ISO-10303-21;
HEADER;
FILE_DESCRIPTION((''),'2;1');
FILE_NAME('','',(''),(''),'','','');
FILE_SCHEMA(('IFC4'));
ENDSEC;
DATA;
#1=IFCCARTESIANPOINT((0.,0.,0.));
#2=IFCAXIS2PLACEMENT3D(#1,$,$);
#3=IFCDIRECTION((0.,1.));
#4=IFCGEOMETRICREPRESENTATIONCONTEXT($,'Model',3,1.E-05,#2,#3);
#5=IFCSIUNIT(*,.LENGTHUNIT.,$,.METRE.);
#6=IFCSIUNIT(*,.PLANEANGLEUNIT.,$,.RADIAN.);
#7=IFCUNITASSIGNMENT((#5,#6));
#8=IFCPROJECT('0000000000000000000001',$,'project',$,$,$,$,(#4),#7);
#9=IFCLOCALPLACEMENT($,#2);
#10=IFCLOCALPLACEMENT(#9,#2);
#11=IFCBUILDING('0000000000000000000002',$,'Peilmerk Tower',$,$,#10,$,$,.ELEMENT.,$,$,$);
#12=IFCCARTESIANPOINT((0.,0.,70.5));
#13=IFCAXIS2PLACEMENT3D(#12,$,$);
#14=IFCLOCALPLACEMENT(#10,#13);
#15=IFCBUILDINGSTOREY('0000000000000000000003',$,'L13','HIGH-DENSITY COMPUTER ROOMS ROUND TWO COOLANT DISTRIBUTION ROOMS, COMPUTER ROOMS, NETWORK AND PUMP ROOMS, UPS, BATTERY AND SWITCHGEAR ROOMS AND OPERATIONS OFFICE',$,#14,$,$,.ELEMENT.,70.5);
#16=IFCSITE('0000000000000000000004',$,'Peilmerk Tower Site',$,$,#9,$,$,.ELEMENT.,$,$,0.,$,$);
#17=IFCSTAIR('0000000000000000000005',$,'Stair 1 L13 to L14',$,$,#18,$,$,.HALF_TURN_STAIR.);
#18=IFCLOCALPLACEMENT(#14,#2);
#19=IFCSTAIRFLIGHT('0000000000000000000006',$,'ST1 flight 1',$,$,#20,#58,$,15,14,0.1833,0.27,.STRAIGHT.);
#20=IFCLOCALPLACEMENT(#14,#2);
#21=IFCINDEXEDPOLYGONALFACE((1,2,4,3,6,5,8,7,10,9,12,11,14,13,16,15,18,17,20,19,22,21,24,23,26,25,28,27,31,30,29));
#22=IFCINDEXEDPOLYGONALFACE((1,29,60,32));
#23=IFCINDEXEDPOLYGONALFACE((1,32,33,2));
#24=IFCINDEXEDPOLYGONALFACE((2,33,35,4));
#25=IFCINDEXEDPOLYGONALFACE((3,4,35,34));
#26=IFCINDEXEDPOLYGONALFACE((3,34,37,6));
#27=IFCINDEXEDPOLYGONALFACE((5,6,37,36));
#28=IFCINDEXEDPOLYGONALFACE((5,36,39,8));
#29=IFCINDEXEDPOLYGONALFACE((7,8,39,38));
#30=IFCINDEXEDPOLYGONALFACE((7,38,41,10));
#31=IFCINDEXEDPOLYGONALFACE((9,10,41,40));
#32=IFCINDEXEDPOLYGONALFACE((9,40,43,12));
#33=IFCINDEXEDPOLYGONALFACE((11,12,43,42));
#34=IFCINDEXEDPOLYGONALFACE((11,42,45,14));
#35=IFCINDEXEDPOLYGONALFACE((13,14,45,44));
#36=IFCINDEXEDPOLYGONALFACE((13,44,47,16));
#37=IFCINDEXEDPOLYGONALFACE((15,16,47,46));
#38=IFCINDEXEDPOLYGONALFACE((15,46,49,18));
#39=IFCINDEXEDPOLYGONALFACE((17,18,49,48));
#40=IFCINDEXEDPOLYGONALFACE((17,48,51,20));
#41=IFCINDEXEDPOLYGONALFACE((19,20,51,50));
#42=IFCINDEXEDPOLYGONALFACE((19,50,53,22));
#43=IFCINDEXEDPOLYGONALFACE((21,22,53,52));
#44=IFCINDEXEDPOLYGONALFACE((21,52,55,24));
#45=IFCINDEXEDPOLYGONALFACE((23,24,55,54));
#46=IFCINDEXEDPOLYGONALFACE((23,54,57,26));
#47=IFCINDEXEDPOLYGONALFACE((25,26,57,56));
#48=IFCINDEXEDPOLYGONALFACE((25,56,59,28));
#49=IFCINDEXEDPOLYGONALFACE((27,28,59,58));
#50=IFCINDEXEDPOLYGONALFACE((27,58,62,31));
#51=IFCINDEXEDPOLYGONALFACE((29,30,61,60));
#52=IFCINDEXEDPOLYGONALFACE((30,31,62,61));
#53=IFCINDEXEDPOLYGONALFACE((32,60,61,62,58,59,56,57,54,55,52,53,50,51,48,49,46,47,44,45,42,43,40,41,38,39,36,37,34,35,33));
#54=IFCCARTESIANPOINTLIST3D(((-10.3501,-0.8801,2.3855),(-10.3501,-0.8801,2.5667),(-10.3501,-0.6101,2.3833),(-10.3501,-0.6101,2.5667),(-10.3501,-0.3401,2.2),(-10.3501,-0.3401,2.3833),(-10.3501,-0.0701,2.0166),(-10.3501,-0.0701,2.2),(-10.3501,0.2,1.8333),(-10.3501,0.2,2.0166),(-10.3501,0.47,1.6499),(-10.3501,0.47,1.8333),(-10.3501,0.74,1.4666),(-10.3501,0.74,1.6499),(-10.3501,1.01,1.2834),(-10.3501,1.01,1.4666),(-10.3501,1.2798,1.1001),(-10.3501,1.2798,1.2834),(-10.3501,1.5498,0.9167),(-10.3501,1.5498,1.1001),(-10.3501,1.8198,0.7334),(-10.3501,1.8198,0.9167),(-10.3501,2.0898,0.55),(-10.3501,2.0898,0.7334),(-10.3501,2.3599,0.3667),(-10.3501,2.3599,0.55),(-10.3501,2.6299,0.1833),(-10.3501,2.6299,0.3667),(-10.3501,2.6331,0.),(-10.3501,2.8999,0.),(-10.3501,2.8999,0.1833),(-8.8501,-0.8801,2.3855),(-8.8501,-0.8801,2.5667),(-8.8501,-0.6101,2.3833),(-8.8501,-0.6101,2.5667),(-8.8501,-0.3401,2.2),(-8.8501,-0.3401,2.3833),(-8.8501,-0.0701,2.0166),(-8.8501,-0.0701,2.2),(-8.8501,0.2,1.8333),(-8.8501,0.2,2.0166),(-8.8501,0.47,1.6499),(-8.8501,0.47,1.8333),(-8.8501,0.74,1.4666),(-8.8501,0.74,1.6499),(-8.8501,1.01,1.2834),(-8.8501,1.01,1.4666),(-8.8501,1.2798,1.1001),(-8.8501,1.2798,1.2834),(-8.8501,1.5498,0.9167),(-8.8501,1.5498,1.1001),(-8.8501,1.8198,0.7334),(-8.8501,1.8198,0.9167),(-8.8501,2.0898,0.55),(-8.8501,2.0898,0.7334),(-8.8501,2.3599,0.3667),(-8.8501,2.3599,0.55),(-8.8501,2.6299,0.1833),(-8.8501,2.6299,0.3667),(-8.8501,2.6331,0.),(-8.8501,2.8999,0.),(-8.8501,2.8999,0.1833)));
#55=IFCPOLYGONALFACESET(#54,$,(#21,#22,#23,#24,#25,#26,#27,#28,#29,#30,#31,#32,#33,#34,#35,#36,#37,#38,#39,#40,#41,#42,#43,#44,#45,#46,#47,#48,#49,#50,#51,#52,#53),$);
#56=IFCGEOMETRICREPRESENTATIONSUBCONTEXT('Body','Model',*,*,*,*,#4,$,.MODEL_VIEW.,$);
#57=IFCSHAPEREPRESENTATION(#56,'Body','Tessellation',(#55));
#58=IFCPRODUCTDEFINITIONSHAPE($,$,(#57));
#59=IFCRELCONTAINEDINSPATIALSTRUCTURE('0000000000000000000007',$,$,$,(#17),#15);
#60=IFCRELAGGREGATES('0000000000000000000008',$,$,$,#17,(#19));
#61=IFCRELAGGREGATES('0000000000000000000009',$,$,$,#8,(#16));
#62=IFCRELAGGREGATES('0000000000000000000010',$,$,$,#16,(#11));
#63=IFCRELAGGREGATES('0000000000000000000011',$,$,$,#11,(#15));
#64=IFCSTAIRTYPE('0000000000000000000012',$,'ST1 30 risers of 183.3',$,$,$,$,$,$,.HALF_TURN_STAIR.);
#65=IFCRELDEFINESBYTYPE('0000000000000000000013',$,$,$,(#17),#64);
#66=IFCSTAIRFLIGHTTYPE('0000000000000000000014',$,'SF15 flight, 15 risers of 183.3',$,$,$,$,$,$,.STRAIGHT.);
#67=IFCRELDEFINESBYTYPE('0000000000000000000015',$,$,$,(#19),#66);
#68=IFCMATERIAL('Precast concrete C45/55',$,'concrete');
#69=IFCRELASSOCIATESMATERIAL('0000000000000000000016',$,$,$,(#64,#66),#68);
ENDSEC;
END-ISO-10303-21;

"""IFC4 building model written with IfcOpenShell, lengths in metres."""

from ifc_helpers import new_model, si_unit, direction, frame, origin, place, context, subcontext, project, spatial, polyline, outline, extrude, material, type_object, element, aggregate, save


model = new_model("IFC4")

# Units and contexts
model_context = context("Model", 3, precision=1e-05, world=origin(), true_north=direction((0.0, 1.0)))
body_context = subcontext(model_context, "Body", "Model", "MODEL_VIEW")
ifc_project = project(units=[si_unit("LENGTHUNIT", "METRE"), si_unit("PLANEANGLEUNIT", "RADIAN")], contexts=[model_context])

# Site, building, storey
site_placement = place(None, origin())
site = spatial("IfcSite", under=ifc_project, at=site_placement, Name="Peilmerk Tower Site", CompositionType="ELEMENT", RefElevation=0.0)
building_placement = place(site_placement, origin())
building = spatial("IfcBuilding", under=site, at=building_placement, Name="Peilmerk Tower", CompositionType="ELEMENT")
storey_placement = place(building_placement, frame((0.0, 0.0, 70.5)))
storey = spatial("IfcBuildingStorey", under=building, at=storey_placement, Name="L13", Description="HIGH-DENSITY COMPUTER ROOMS ROUND TWO COOLANT DISTRIBUTION ROOMS, COMPUTER ROOMS, NETWORK AND PUMP ROOMS, UPS, BATTERY AND SWITCHGEAR ROOMS AND OPERATIONS OFFICE", CompositionType="ELEMENT", Elevation=70.5)

# Stair, stair flight
ifc_material_1 = material(Name="Precast concrete C45/55", Category="concrete")
stair_type = type_object("IfcStairType", Name="ST1 30 risers of 183.3", PredefinedType="HALF_TURN_STAIR", material=ifc_material_1)
stair_placement = place(storey_placement, origin())
stair = element("IfcStair", 1, at=stair_placement, inside=storey, type_object=stair_type, Name="Stair 1 L13 to L14", PredefinedType="HALF_TURN_STAIR")
stair_flight_type = type_object("IfcStairFlightType", Name="SF15 flight, 15 risers of 183.3", PredefinedType="STRAIGHT", material=ifc_material_1)
stair_flight_placement = place(storey_placement, frame((-9.6001, 2.8999, 0.0), z_axis=(0.0, 0.0, 1.0), x_axis=(0.0, -1.0, 0.0)))
stair_flight = element("IfcStairFlight", 2, at=stair_flight_placement, type_object=stair_flight_type, Name="ST1 flight 1", NumberOfRisers=15, NumberOfTreads=14, PredefinedType="STRAIGHT", RiserHeight=0.1833, TreadLength=0.27, context=body_context, shape_type="SweptSolid", body=[
    extrude(outline(polyline([(0.0, 0.0), (0.0, 0.1833), (0.27, 0.1833), (0.27, 0.3667), (0.54, 0.3667), (0.54, 0.55), (0.8101, 0.55), (0.8101, 0.7334), (1.0801, 0.7334), (1.0801, 0.9167), (1.3501, 0.9167), (1.3501, 1.1001), (1.6201, 1.1001), (1.6201, 1.2834), (1.8899, 1.2834), (1.8899, 1.4666), (2.1599, 1.4666), (2.1599, 1.6499), (2.4299, 1.6499), (2.4299, 1.8333), (2.7, 1.8333), (2.7, 2.0166), (2.97, 2.0166), (2.97, 2.2), (3.24, 2.2), (3.24, 2.3833), (3.51, 2.3833), (3.51, 2.5667), (3.78, 2.5667), (3.78, 2.75), (3.78, 2.3855), (0.2668, 0.0), (0.0, 0.0)])), frame((0.0, 0.75, 0.0), z_axis=(0.0, -1.0, 0.0), x_axis=(1.0, 0.0, 0.0)), (0.0, 0.0, 1.0), 1.5),
])
aggregate(stair, [stair_flight])

save(model, "model.ifc")
